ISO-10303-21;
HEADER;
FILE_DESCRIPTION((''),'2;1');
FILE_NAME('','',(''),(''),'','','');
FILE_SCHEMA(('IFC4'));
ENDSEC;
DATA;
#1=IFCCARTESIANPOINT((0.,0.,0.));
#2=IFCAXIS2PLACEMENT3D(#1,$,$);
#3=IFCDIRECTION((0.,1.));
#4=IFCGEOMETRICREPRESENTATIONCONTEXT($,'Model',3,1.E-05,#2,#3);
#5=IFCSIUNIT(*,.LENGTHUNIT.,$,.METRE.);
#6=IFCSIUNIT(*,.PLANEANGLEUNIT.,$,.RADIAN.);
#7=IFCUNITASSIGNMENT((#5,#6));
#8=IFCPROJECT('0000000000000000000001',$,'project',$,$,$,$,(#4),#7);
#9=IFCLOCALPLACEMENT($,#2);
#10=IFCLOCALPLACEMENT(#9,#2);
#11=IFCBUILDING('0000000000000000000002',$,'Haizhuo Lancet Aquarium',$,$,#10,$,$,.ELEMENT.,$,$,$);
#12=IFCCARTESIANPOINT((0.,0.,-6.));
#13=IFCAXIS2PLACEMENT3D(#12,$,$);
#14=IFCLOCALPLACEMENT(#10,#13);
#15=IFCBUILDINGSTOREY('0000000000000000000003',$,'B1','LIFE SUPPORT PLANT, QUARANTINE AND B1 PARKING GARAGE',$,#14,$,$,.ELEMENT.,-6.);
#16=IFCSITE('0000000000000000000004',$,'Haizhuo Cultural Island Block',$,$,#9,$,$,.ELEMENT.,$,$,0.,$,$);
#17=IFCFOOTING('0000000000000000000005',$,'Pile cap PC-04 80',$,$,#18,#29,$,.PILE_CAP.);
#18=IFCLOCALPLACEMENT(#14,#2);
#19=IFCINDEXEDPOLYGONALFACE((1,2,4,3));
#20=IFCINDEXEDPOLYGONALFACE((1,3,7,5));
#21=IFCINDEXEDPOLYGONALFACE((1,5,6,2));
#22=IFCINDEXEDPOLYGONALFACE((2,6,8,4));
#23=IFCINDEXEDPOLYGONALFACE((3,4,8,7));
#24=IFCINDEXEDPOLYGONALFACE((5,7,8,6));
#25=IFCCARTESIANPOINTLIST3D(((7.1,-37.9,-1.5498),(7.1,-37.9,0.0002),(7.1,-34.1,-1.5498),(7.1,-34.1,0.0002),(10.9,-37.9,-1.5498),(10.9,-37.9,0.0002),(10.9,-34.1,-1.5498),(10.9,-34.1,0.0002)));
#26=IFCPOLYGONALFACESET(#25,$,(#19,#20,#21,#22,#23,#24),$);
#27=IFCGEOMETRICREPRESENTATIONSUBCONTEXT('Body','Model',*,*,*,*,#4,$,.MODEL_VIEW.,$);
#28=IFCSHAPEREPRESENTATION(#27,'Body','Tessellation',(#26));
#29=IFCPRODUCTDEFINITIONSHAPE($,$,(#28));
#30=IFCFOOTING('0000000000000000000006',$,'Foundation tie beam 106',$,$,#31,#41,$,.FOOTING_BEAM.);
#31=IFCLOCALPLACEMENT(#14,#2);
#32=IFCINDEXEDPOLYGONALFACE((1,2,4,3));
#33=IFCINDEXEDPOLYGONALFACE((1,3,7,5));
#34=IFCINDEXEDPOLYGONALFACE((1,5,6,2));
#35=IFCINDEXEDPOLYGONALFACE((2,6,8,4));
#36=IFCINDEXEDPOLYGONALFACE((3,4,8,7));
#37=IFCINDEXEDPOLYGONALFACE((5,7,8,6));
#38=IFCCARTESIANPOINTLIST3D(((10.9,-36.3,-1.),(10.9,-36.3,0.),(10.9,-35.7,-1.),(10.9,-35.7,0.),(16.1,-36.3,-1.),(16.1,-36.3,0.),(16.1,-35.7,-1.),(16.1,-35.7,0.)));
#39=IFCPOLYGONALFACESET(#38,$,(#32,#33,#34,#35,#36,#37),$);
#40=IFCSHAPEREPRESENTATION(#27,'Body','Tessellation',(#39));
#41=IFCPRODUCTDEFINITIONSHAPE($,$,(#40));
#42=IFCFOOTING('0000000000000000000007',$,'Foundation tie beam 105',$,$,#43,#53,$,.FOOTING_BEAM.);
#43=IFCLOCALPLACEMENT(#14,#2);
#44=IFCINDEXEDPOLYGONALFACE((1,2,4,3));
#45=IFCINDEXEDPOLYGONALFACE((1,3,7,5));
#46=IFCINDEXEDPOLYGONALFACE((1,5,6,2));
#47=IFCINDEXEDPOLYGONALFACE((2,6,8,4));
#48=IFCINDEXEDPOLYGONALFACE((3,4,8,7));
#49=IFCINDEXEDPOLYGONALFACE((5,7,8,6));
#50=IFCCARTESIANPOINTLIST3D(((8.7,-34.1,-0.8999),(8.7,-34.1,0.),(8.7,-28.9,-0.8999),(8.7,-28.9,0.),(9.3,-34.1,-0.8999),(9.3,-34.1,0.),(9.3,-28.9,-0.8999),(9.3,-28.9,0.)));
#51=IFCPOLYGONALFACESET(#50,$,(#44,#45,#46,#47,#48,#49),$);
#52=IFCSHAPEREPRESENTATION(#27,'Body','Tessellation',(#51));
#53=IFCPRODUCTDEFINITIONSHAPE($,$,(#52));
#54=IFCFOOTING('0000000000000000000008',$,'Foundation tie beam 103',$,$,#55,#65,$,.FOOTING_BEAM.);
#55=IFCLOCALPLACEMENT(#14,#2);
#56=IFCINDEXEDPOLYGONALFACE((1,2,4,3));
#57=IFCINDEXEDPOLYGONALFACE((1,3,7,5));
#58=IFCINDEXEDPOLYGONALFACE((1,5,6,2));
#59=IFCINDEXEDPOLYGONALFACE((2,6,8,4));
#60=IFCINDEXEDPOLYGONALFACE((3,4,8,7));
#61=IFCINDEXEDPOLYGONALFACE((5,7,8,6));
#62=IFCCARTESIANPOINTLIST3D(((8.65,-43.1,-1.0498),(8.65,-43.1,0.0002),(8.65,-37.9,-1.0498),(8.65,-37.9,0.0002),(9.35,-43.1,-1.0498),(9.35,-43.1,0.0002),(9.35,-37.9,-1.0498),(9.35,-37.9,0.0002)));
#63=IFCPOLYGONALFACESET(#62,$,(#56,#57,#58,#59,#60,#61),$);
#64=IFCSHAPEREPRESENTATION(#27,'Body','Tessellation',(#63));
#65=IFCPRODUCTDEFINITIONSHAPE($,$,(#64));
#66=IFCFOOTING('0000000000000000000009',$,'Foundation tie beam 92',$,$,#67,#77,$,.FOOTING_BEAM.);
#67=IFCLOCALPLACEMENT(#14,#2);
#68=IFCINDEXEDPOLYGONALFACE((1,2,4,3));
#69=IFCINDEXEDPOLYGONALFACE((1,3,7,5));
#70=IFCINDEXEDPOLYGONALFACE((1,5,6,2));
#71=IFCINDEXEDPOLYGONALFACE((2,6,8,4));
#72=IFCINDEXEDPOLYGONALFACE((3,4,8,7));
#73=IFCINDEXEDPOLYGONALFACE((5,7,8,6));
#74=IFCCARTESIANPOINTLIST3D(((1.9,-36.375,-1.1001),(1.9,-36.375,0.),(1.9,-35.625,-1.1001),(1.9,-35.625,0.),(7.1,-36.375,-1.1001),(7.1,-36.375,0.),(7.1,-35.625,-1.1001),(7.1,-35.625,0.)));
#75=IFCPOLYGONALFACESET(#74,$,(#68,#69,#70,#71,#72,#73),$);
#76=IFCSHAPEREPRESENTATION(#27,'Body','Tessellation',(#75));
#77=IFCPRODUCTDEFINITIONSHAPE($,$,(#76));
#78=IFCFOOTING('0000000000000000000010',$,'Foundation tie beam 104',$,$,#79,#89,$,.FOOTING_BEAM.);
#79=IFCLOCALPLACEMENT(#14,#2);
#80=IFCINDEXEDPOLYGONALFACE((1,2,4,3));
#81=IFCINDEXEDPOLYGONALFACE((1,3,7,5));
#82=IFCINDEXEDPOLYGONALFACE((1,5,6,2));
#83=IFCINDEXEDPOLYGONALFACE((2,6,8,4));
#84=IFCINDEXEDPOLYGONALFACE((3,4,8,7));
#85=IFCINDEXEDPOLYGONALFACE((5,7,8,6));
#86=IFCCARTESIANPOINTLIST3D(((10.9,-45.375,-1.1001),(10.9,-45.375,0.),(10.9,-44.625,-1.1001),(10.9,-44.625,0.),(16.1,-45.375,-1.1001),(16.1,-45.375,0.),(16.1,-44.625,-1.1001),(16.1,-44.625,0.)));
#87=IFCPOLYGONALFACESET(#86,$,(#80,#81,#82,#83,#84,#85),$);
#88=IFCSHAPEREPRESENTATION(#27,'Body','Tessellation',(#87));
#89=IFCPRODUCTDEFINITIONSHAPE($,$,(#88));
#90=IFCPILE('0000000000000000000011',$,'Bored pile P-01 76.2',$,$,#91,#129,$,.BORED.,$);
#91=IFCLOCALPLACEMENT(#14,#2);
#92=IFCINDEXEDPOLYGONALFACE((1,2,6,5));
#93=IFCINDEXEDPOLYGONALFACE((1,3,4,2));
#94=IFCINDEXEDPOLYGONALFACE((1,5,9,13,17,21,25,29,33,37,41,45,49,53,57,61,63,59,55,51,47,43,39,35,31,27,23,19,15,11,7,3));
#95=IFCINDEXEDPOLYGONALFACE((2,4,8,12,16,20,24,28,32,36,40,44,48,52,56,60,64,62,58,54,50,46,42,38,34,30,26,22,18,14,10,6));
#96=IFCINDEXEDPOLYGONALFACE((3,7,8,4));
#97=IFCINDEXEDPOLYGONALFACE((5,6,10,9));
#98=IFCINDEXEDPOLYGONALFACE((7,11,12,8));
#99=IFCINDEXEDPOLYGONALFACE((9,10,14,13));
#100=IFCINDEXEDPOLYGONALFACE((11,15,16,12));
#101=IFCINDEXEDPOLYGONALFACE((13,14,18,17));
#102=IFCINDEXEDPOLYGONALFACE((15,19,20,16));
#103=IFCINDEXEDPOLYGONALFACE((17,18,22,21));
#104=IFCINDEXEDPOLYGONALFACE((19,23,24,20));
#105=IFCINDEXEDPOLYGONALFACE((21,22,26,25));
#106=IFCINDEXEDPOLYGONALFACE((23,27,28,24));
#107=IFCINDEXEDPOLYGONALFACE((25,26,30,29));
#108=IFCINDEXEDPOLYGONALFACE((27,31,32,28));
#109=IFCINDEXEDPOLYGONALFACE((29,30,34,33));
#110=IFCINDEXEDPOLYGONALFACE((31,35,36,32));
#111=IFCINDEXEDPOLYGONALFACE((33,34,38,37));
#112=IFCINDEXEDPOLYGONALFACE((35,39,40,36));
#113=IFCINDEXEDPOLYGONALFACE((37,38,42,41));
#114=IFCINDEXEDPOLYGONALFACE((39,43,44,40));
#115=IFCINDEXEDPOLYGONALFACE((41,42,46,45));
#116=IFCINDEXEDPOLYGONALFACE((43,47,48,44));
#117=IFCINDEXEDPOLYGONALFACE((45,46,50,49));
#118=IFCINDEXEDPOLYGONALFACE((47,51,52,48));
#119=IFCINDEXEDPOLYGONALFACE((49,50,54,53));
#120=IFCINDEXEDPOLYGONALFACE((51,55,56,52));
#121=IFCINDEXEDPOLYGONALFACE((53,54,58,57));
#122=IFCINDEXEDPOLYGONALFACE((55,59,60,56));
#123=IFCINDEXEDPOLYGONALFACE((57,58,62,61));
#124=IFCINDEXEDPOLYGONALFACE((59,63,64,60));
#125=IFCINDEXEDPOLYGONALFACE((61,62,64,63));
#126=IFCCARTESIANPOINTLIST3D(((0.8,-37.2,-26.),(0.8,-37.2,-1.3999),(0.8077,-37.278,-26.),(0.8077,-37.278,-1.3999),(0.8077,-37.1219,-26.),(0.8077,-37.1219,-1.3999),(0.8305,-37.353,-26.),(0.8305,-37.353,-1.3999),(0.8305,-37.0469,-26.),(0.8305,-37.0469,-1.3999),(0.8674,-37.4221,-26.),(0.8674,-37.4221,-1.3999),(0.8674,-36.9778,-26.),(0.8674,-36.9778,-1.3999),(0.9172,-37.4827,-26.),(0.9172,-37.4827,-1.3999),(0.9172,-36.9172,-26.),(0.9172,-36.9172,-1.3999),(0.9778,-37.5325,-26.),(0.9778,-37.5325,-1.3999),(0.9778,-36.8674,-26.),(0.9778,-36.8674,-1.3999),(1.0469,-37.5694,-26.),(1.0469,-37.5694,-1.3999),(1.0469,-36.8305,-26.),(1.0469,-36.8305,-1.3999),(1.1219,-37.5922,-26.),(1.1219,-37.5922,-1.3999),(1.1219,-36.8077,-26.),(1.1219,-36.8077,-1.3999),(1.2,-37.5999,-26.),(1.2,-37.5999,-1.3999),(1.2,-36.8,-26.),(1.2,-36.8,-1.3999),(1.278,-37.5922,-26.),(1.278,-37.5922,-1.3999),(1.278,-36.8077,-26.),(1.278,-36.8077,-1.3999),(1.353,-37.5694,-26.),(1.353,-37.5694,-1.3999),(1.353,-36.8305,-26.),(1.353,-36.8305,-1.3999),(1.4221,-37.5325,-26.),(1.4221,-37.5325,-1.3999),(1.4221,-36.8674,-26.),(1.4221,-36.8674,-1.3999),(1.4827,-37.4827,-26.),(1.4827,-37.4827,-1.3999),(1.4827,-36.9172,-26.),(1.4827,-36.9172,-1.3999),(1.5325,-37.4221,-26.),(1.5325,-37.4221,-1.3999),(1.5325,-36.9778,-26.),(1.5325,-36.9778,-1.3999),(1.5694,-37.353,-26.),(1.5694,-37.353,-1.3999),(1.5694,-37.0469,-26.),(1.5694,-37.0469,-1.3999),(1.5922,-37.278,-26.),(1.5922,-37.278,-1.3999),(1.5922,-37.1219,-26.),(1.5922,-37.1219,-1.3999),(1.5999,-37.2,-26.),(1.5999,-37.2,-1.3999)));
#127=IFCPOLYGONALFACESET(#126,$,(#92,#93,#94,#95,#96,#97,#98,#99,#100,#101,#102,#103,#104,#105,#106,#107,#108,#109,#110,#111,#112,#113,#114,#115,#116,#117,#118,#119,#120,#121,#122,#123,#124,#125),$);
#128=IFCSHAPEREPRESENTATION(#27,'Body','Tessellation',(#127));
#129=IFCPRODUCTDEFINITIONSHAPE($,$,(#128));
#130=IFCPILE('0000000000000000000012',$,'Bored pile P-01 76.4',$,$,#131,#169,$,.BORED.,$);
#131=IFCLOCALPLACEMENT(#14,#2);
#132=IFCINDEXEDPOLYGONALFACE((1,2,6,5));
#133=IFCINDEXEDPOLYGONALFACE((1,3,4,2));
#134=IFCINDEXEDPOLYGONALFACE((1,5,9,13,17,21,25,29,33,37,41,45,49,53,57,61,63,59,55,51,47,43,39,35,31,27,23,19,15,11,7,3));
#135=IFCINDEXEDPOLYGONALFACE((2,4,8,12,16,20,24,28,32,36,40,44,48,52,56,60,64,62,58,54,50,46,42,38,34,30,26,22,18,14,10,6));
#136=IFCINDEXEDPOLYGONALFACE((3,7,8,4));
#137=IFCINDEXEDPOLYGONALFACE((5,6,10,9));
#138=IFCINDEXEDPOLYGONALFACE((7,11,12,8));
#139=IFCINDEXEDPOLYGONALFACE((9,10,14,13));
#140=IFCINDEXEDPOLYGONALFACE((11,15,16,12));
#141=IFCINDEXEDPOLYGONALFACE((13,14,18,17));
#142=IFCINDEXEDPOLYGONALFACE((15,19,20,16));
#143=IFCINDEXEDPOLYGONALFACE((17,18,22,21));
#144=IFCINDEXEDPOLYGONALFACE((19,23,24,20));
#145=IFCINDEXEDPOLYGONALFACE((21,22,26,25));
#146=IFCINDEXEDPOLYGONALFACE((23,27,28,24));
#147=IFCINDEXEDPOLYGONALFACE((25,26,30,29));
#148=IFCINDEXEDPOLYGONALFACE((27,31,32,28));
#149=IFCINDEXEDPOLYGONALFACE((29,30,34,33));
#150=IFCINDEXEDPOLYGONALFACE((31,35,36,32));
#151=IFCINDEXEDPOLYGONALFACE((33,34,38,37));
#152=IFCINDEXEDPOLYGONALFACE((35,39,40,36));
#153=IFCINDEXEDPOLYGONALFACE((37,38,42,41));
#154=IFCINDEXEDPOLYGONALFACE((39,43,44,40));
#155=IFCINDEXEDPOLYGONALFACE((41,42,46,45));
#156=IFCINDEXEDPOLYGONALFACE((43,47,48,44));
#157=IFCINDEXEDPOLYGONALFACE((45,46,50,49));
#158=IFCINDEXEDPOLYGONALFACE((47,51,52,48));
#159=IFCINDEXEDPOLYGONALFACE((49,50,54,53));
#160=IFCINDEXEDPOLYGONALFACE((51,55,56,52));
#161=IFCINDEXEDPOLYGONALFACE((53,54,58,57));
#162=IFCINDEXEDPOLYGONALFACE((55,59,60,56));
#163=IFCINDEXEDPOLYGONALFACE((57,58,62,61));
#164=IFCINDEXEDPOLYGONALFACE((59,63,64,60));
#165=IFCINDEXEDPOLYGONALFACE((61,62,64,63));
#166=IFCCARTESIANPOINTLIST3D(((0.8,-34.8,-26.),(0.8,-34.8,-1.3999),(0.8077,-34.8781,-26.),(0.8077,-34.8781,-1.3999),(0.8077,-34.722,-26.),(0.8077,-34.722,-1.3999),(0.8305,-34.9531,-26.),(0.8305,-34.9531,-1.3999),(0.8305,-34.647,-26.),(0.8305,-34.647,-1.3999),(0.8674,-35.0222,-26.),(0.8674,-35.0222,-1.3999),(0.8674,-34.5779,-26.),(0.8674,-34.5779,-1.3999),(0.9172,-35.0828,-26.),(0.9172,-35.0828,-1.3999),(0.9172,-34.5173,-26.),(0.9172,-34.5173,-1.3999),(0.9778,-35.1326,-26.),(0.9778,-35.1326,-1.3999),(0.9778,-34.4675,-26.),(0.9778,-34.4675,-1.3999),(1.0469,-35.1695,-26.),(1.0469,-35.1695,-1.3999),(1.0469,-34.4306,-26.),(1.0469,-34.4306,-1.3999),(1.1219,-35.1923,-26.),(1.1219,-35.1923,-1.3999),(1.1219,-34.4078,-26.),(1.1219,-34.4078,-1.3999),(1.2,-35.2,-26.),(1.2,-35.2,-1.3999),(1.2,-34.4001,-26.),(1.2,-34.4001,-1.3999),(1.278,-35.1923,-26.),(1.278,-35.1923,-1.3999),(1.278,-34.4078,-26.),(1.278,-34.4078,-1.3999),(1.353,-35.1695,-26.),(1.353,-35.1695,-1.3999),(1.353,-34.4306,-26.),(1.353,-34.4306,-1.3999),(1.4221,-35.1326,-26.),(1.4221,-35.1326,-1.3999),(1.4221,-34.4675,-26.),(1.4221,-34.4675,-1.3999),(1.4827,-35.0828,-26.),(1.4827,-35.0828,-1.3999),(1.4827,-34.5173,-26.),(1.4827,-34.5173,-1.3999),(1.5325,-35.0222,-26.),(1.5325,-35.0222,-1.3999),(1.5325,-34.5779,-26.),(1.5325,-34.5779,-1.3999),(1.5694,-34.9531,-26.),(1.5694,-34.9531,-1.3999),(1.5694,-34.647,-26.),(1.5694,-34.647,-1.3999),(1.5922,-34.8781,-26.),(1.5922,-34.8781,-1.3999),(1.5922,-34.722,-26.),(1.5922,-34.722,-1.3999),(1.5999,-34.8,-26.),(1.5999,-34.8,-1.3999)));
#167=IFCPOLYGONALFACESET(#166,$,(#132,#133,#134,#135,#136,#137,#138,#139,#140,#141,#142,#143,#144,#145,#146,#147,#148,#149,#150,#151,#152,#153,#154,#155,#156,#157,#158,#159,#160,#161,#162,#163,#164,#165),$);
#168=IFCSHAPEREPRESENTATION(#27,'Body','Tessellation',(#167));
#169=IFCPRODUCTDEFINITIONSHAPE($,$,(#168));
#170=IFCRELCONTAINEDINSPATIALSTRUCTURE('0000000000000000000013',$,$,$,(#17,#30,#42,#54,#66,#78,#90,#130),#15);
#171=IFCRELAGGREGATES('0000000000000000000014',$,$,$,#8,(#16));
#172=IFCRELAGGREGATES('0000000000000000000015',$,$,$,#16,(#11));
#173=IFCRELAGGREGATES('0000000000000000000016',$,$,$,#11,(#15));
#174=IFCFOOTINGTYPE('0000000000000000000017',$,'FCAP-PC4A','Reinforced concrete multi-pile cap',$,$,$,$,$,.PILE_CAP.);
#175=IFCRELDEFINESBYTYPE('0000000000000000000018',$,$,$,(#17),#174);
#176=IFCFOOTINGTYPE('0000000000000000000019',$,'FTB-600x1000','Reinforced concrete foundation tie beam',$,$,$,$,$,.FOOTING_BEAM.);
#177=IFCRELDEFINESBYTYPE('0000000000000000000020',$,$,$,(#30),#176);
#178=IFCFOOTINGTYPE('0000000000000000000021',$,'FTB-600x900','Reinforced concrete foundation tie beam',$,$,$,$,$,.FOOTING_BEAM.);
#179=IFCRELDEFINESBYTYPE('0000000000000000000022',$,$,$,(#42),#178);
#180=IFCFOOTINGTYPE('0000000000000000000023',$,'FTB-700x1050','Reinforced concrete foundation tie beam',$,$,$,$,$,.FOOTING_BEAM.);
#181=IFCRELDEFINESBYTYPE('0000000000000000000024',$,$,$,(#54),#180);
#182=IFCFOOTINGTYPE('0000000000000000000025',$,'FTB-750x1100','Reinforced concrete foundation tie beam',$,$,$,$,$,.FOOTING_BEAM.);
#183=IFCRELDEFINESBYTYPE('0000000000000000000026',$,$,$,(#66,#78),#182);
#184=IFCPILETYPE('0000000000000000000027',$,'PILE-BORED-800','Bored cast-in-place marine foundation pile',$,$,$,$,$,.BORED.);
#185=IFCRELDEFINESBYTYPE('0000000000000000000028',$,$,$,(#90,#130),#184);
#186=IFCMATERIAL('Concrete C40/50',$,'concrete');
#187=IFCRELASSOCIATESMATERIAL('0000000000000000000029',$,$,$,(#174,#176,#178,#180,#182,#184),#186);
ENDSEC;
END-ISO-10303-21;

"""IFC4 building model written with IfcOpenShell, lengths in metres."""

from ifc_helpers import new_model, si_unit, direction, frame, origin, origin_2d, place, context, subcontext, project, spatial, rectangle, circle, extrude, material, material_profile, profile_set, type_object, element, save


model = new_model("IFC4")

# Units and contexts
model_context = context("Model", 3, precision=1e-05, world=origin(), true_north=direction((0.0, 1.0)))
body_context = subcontext(model_context, "Body", "Model", "MODEL_VIEW")
ifc_project = project(units=[si_unit("LENGTHUNIT", "METRE"), si_unit("PLANEANGLEUNIT", "RADIAN")], contexts=[model_context])

# Site, building, storey
site_placement = place(None, origin())
site = spatial("IfcSite", under=ifc_project, at=site_placement, Name="Haizhuo Cultural Island Block", CompositionType="ELEMENT", RefElevation=0.0)
building_placement = place(site_placement, origin())
building = spatial("IfcBuilding", under=site, at=building_placement, Name="Haizhuo Lancet Aquarium", CompositionType="ELEMENT")
storey_placement = place(building_placement, frame((0.0, 0.0, -6.0)))
storey = spatial("IfcBuildingStorey", under=building, at=storey_placement, Name="B1", Description="LIFE SUPPORT PLANT, QUARANTINE AND B1 PARKING GARAGE", CompositionType="ELEMENT", Elevation=-6.0)

# Footings
ifc_material_1 = material(Name="Concrete C40/50", Category="concrete")
footing_type_1 = type_object("IfcFootingType", Name="FCAP-PC4A", Description="Reinforced concrete multi-pile cap", PredefinedType="PILE_CAP", material=ifc_material_1)
footing_1_placement = place(storey_placement, frame((9.0, -36.0, -1.5498), z_axis=(0.0, 0.0, 1.0), x_axis=(1.0, 0.0, 0.0)))
element("IfcFooting", 1, at=footing_1_placement, inside=storey, type_object=footing_type_1, Name="Pile cap PC-04 80", PredefinedType="PILE_CAP", context=body_context, shape_type="SweptSolid", body=[
    extrude(rectangle(XDim=3.8, YDim=3.8, at=origin_2d()), origin(), (0.0, 0.0, 1.0), 1.55),
])
footing_type_2 = type_object("IfcFootingType", Name="FTB-600x1000", Description="Reinforced concrete foundation tie beam", PredefinedType="FOOTING_BEAM", material=ifc_material_1)
footing_2_placement = place(storey_placement, frame((13.5, -36.0, -1.0), z_axis=(0.0, 0.0, 1.0), x_axis=(1.0, 0.0, 0.0)))
element("IfcFooting", 2, at=footing_2_placement, inside=storey, type_object=footing_type_2, Name="Foundation tie beam 106", PredefinedType="FOOTING_BEAM", context=body_context, shape_type="SweptSolid", body=[
    extrude(rectangle(XDim=5.2, YDim=0.6001, at=origin_2d()), origin(), (0.0, 0.0, 1.0), 1.0),
])
footing_type_3 = type_object("IfcFootingType", Name="FTB-600x900", Description="Reinforced concrete foundation tie beam", PredefinedType="FOOTING_BEAM", material=ifc_material_1)
footing_3_placement = place(storey_placement, frame((9.0, -31.5, -0.8999), z_axis=(0.0, 0.0, 1.0), x_axis=(0.0, 1.0, 0.0)))
element("IfcFooting", 3, at=footing_3_placement, inside=storey, type_object=footing_type_3, Name="Foundation tie beam 105", PredefinedType="FOOTING_BEAM", context=body_context, shape_type="SweptSolid", body=[
    extrude(rectangle(XDim=5.2, YDim=0.6001, at=origin_2d()), origin(), (0.0, 0.0, 1.0), 0.8999),
])
footing_type_4 = type_object("IfcFootingType", Name="FTB-700x1050", Description="Reinforced concrete foundation tie beam", PredefinedType="FOOTING_BEAM", material=ifc_material_1)
footing_4_placement = place(storey_placement, frame((9.0, -40.5, -1.0498), z_axis=(0.0, 0.0, 1.0), x_axis=(0.0, 1.0, 0.0)))
element("IfcFooting", 4, at=footing_4_placement, inside=storey, type_object=footing_type_4, Name="Foundation tie beam 103", PredefinedType="FOOTING_BEAM", context=body_context, shape_type="SweptSolid", body=[
    extrude(rectangle(XDim=5.2, YDim=0.7, at=origin_2d()), origin(), (0.0, 0.0, 1.0), 1.05),
])
footing_type_5 = type_object("IfcFootingType", Name="FTB-750x1100", Description="Reinforced concrete foundation tie beam", PredefinedType="FOOTING_BEAM", material=ifc_material_1)
for number, where, z_axis, x_axis, name in (
    (5, (4.5, -36.0, -1.1001), (0.0, 0.0, 1.0), (1.0, 0.0, 0.0), "Foundation tie beam 92"),
    (6, (13.5, -45.0, -1.1001), (0.0, 0.0, 1.0), (1.0, 0.0, 0.0), "Foundation tie beam 104"),
):
    element("IfcFooting", number, at=place(storey_placement, frame(where, z_axis=z_axis, x_axis=x_axis)), inside=storey, type_object=footing_type_5, Name=name, PredefinedType="FOOTING_BEAM", context=body_context, shape_type="SweptSolid", body=[
        extrude(rectangle(XDim=5.2, YDim=0.75, at=origin_2d()), origin(), (0.0, 0.0, 1.0), 1.1001),
    ])

# Piles
ifc_material_profile_1 = material_profile(ifc_material_1, circle(Radius=0.3999, at=origin_2d()), Name="PILE-800")
ifc_profile_set_1 = profile_set([ifc_material_profile_1], Name="Concrete C40/50")
pile_type = type_object("IfcPileType", Name="PILE-BORED-800", Description="Bored cast-in-place marine foundation pile", PredefinedType="BORED", material=ifc_profile_set_1)
for number, where, z_axis, x_axis, name in (
    (7, (1.2, -37.2, -1.3999), (0.0, 0.0, -1.0), (1.0, 0.0, 0.0), "Bored pile P-01 76.2"),
    (8, (1.2, -34.8, -1.3999), (0.0, 0.0, -1.0), (1.0, 0.0, 0.0), "Bored pile P-01 76.4"),
):
    element("IfcPile", number, at=place(storey_placement, frame(where, z_axis=z_axis, x_axis=x_axis)), inside=storey, type_object=pile_type, Name=name, PredefinedType="BORED", context=body_context, shape_type="SweptSolid", body=[
        extrude(circle(Radius=0.3999, at=origin_2d()), origin(), (0.0, 0.0, 1.0), 24.6001),
    ])

save(model, "model.ifc")
